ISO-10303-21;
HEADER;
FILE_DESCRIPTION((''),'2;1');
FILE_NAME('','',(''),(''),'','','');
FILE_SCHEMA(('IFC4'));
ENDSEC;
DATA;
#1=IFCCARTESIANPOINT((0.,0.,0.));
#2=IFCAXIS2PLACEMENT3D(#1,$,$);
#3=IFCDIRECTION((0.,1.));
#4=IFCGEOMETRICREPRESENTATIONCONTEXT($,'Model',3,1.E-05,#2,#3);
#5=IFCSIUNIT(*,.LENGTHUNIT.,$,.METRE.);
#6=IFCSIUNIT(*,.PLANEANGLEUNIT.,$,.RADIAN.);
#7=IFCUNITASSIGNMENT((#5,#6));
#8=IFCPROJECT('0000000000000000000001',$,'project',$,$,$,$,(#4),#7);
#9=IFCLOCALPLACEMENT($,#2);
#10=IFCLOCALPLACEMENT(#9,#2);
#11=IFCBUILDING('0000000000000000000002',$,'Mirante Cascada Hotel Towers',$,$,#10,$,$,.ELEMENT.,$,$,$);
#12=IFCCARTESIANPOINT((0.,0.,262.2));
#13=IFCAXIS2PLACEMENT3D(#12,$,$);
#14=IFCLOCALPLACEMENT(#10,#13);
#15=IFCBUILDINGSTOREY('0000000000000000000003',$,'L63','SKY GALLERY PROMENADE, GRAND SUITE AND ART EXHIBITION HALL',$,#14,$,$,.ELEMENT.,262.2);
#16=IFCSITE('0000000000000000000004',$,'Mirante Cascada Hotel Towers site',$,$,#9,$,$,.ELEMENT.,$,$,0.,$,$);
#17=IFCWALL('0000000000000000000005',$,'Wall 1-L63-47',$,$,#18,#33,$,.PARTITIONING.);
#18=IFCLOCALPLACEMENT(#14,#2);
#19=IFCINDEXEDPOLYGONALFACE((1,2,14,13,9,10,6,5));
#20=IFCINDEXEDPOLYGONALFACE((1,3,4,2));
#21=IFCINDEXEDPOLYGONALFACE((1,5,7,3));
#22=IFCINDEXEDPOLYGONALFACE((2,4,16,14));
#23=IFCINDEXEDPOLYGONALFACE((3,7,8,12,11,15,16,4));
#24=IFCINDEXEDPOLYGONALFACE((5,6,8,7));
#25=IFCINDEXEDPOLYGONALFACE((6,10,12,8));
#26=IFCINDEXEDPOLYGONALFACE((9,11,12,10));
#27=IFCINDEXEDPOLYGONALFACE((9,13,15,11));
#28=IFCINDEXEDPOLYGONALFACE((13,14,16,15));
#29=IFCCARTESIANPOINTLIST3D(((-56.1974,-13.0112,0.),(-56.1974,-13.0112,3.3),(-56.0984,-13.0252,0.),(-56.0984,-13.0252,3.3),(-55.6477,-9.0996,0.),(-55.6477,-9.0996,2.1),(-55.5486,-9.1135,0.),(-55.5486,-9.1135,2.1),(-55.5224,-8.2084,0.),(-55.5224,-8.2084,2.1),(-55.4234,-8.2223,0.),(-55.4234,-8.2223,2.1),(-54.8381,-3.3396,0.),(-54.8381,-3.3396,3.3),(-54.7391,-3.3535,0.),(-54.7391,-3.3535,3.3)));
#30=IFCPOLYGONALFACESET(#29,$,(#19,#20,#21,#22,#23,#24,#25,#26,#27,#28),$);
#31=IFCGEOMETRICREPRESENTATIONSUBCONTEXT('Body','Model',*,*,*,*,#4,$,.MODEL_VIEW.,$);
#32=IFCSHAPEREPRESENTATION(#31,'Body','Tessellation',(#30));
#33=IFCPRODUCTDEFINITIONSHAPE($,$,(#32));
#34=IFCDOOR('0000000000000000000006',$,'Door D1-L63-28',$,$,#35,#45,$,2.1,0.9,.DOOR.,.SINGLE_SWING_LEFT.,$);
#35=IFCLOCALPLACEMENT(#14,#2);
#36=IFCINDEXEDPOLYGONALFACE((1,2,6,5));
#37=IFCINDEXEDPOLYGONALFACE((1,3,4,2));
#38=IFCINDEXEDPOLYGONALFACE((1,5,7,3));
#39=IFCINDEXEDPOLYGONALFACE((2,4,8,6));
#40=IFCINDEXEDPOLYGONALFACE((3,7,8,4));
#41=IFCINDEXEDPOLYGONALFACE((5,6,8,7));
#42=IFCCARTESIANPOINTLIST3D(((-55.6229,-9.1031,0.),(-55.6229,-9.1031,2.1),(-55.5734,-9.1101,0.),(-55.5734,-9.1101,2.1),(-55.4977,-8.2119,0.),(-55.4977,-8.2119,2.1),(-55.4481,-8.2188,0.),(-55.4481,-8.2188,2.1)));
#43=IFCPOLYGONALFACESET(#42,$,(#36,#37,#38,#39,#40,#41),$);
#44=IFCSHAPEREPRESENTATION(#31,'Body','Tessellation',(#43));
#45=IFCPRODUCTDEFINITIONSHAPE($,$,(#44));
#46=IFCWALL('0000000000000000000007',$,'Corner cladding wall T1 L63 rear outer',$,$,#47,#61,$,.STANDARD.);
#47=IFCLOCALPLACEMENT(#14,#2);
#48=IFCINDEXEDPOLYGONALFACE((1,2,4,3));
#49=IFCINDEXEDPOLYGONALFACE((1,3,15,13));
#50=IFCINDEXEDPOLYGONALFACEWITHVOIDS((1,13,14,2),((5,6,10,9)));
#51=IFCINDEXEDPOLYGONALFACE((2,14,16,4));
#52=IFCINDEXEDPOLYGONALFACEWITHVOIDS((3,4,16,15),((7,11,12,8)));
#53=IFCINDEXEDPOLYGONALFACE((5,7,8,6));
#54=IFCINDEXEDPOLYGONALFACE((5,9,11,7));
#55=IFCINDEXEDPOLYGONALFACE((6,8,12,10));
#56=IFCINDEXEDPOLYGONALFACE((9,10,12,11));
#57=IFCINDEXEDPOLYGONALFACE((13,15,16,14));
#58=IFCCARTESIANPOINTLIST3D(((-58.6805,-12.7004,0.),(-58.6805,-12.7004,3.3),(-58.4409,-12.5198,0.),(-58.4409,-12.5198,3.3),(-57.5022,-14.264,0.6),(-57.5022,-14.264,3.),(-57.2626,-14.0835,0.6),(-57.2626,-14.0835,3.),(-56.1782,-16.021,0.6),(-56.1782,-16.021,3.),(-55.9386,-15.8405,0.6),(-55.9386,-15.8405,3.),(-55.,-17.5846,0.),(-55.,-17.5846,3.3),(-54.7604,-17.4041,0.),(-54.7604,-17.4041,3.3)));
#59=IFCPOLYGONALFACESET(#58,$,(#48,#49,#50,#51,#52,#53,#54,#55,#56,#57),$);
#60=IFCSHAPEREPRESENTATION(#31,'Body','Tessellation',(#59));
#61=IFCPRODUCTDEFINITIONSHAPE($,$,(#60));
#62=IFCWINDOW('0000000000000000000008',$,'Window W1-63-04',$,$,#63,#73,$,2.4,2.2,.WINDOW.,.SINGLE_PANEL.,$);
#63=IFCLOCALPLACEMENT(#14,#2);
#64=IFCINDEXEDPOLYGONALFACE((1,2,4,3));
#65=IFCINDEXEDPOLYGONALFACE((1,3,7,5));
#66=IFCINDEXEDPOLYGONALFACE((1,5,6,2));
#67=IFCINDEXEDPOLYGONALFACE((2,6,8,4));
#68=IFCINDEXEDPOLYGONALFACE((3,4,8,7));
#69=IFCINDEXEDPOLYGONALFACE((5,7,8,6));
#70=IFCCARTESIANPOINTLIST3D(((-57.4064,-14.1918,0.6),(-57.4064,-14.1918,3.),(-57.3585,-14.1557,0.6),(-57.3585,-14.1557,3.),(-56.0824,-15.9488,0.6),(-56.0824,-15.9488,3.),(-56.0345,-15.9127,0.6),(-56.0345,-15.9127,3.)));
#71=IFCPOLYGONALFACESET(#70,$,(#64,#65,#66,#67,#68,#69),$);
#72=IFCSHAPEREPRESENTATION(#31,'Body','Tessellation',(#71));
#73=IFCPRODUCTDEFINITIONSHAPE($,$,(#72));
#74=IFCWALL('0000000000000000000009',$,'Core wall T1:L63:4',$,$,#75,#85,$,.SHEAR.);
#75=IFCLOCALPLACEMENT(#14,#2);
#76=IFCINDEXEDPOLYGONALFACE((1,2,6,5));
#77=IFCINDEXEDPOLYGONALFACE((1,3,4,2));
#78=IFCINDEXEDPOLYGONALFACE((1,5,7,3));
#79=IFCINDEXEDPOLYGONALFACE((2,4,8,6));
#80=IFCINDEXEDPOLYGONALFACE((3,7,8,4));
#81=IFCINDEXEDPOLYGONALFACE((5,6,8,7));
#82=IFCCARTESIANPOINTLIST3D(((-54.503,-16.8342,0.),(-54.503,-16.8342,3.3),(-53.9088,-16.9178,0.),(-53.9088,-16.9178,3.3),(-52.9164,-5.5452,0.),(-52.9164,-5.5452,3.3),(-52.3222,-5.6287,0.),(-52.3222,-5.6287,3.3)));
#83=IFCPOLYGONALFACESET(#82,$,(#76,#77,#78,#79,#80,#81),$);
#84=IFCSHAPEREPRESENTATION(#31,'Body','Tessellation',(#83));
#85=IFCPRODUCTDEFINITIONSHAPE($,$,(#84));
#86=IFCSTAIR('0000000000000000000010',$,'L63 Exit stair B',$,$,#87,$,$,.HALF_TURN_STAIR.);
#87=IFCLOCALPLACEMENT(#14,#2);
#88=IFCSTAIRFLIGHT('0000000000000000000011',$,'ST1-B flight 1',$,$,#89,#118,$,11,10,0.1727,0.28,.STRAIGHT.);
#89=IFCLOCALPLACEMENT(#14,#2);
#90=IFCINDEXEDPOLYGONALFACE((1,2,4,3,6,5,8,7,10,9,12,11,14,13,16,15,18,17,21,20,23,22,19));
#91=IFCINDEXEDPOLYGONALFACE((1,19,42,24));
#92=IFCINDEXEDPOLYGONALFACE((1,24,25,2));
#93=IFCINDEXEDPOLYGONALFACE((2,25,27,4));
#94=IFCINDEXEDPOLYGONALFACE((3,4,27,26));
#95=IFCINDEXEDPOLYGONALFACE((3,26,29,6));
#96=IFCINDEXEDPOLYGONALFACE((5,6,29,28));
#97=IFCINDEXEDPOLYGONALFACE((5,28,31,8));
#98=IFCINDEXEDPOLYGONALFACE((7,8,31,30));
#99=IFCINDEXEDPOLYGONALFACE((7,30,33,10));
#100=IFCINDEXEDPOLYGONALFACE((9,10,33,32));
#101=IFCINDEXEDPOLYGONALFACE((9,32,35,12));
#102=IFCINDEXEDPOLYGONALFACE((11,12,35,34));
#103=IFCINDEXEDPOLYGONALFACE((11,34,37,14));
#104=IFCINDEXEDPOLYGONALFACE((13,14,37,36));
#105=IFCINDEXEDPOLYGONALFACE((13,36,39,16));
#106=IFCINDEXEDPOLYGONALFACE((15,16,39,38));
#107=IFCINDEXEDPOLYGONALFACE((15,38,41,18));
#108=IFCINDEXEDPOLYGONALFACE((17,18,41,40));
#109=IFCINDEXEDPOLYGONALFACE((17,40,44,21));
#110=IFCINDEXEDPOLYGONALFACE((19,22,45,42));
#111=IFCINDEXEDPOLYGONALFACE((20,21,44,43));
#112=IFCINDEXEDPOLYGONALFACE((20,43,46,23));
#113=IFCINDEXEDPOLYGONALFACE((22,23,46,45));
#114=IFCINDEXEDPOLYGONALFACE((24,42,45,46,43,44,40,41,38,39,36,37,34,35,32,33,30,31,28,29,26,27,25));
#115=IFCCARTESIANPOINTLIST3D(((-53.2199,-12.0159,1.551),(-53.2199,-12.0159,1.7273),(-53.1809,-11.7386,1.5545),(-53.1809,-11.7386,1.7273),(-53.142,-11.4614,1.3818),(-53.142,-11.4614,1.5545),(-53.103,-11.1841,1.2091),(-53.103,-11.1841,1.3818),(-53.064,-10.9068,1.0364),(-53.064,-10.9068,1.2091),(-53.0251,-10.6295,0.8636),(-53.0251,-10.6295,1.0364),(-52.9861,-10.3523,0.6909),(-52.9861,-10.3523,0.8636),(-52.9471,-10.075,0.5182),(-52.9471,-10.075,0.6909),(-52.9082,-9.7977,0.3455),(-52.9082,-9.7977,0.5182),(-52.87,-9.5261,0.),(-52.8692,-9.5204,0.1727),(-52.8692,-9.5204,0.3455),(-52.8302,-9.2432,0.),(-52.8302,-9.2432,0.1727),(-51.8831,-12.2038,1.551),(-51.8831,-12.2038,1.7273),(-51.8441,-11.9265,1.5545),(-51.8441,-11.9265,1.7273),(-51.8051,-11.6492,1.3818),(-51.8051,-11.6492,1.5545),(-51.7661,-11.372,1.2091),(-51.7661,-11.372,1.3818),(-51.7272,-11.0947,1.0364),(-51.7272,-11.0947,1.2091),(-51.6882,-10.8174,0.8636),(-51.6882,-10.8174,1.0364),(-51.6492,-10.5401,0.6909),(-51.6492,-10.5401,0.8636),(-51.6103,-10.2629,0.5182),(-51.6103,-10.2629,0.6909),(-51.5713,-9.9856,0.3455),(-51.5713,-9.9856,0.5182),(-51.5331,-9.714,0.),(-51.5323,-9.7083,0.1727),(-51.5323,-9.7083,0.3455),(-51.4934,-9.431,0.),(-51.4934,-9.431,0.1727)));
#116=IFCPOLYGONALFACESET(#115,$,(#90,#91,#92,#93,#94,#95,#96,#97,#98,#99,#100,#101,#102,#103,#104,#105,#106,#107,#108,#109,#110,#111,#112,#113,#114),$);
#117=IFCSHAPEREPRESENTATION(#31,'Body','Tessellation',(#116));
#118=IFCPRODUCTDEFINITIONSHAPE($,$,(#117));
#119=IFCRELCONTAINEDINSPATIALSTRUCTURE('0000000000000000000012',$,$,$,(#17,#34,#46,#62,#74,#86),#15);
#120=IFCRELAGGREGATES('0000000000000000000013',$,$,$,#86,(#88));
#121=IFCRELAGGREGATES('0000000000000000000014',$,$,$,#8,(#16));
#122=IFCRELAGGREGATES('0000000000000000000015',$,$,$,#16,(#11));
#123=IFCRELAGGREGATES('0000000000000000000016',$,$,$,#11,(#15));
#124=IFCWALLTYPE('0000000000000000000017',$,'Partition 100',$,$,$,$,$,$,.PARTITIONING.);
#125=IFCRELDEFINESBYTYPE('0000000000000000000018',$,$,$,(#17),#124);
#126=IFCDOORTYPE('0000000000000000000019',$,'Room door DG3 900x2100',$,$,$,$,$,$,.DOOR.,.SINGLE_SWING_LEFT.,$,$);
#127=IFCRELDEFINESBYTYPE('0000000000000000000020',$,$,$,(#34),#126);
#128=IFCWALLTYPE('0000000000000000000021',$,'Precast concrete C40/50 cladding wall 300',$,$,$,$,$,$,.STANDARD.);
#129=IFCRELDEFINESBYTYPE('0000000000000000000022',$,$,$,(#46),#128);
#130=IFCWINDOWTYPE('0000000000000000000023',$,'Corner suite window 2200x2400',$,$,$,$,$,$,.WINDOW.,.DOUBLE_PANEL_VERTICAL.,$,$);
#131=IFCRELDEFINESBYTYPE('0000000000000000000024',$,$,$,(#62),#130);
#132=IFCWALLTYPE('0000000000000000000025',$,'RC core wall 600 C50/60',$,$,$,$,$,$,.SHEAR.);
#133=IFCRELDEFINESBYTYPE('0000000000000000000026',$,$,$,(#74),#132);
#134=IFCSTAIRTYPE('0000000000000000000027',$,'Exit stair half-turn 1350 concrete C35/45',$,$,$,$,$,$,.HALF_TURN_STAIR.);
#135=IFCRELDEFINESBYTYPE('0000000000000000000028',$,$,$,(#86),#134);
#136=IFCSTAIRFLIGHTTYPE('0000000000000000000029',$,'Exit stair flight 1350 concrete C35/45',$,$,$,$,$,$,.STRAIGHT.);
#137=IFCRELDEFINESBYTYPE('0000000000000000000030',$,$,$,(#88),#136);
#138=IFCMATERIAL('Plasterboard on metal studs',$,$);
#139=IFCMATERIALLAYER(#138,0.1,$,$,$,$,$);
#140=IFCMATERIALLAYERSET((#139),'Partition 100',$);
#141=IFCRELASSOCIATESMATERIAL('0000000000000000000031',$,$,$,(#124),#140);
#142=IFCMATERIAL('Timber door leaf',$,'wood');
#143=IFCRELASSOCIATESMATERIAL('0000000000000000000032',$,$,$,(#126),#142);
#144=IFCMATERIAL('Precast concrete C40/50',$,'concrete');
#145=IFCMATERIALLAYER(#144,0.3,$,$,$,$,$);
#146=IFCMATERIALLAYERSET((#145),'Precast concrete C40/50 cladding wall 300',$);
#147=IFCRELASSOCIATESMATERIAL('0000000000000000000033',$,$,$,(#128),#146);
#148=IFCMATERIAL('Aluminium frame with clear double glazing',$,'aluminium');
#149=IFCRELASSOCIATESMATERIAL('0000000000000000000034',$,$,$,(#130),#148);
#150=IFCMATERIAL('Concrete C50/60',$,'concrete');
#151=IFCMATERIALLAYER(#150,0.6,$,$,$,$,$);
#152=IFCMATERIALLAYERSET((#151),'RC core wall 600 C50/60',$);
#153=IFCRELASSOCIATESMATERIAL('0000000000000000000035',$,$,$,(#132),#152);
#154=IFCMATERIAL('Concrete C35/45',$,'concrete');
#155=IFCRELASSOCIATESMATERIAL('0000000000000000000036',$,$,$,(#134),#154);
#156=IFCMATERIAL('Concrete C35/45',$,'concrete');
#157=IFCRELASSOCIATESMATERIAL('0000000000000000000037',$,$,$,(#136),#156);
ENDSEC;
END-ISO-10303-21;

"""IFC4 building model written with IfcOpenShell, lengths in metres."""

from ifc_helpers import new_model, si_unit, direction, frame, frame_2d, origin, place, context, subcontext, project, spatial, polyline, rectangle, outline, extrude, material, layer, layer_set, type_object, element, fill, aggregate, save


model = new_model("IFC4")

# Units and contexts
model_context = context("Model", 3, precision=1e-05, world=origin(), true_north=direction((0.0, 1.0)))
body_context = subcontext(model_context, "Body", "Model", "MODEL_VIEW")
ifc_project = project(units=[si_unit("LENGTHUNIT", "METRE"), si_unit("PLANEANGLEUNIT", "RADIAN")], contexts=[model_context])

# Site, building, storey
site_placement = place(None, origin())
site = spatial("IfcSite", under=ifc_project, at=site_placement, Name="Mirante Cascada Hotel Towers site", CompositionType="ELEMENT", RefElevation=0.0)
building_placement = place(site_placement, origin())
building = spatial("IfcBuilding", under=site, at=building_placement, Name="Mirante Cascada Hotel Towers", CompositionType="ELEMENT")
storey_placement = place(building_placement, frame((0.0, 0.0, 262.2)))
storey = spatial("IfcBuildingStorey", under=building, at=storey_placement, Name="L63", Description="SKY GALLERY PROMENADE, GRAND SUITE AND ART EXHIBITION HALL", CompositionType="ELEMENT", Elevation=262.2)

# Shared definitions
ifc_material_1 = material(Name="Plasterboard on metal studs")
ifc_layer_1 = layer(ifc_material_1, 0.1)
ifc_layer_set_1 = layer_set([ifc_layer_1], Name="Partition 100")
wall_type_1 = type_object("IfcWallType", Name="Partition 100", PredefinedType="PARTITIONING", material=ifc_layer_set_1)

# Wall, opening, door
wall_1_placement = place(storey_placement, frame((-54.7886, -3.3465, 0.0), z_axis=(0.0, 0.0, 1.0), x_axis=(-0.139178, -0.990267, 0.0)))
wall_1 = element("IfcWall", 1, at=wall_1_placement, inside=storey, type_object=wall_type_1, Name="Wall 1-L63-47", PredefinedType="PARTITIONING", context=body_context, shape_type="SweptSolid", body=[
    extrude(rectangle(XDim=9.7667, YDim=0.1, at=frame_2d((4.8834, 0.0))), origin(), (0.0, 0.0, 1.0), 3.3),
])
opening_1_placement = place(wall_1_placement, frame((4.9167, 0.0, 0.0)))
opening_1 = element("IfcOpeningElement", 2, at=opening_1_placement, cuts=wall_1, PredefinedType="OPENING", context=body_context, shape_type="SweptSolid", body=[
    extrude(rectangle(XDim=0.9, YDim=2.1, at=frame_2d((0.45, 1.05))), frame((0.0, 0.05, 0.0), z_axis=(0.0, -1.0, 0.0), x_axis=(1.0, 0.0, 0.0)), (0.0, 0.0, 1.0), 0.1),
])
ifc_material_2 = material(Name="Timber door leaf", Category="wood")
door_type = type_object("IfcDoorType", Name="Room door DG3 900x2100", OperationType="SINGLE_SWING_LEFT", PredefinedType="DOOR", material=ifc_material_2)
door_placement = place(opening_1_placement, origin())
door = element("IfcDoor", 3, at=door_placement, inside=storey, type_object=door_type, Name="Door D1-L63-28", OperationType="SINGLE_SWING_LEFT", OverallHeight=2.1, OverallWidth=0.9, PredefinedType="DOOR", context=body_context, shape_type="SweptSolid", body=[
    extrude(rectangle(XDim=0.9, YDim=2.1, at=frame_2d((0.45, 1.05))), frame((0.0, 0.025, 0.0), z_axis=(0.0, -1.0, 0.0), x_axis=(1.0, 0.0, 0.0)), (0.0, 0.0, 1.0), 0.05),
])
fill(opening_1, door)

# Wall, opening, window
ifc_material_3 = material(Name="Precast concrete C40/50", Category="concrete")
ifc_layer_2 = layer(ifc_material_3, 0.3)
ifc_layer_set_2 = layer_set([ifc_layer_2], Name="Precast concrete C40/50 cladding wall 300")
wall_type_2 = type_object("IfcWallType", Name="Precast concrete C40/50 cladding wall 300", PredefinedType="STANDARD", material=ifc_layer_set_2)
wall_2_placement = place(storey_placement, frame((-54.8802, -17.4943, 0.0), z_axis=(0.0, 0.0, 1.0), x_axis=(-0.601814, 0.798636, 0.0)))
wall_2 = element("IfcWall", 4, at=wall_2_placement, inside=storey, type_object=wall_type_2, Name="Corner cladding wall T1 L63 rear outer", PredefinedType="STANDARD", context=body_context, shape_type="SweptSolid", body=[
    extrude(rectangle(XDim=6.1157, YDim=0.3, at=frame_2d((3.0578, 0.0))), origin(), (0.0, 0.0, 1.0), 3.3),
])
opening_2_placement = place(wall_2_placement, frame((1.9578, 0.0, 0.6)))
opening_2 = element("IfcOpeningElement", 5, at=opening_2_placement, cuts=wall_2, PredefinedType="OPENING", context=body_context, shape_type="SweptSolid", body=[
    extrude(rectangle(XDim=2.2, YDim=2.4, at=frame_2d((1.1, 1.2))), frame((0.0, 0.15, 0.0), z_axis=(0.0, -1.0, 0.0), x_axis=(1.0, 0.0, 0.0)), (0.0, 0.0, 1.0), 0.3),
])
ifc_material_4 = material(Name="Aluminium frame with clear double glazing", Category="aluminium")
window_type = type_object("IfcWindowType", Name="Corner suite window 2200x2400", PartitioningType="DOUBLE_PANEL_VERTICAL", PredefinedType="WINDOW", material=ifc_material_4)
window_placement = place(opening_2_placement, origin())
window = element("IfcWindow", 6, at=window_placement, inside=storey, type_object=window_type, Name="Window W1-63-04", OverallHeight=2.4, OverallWidth=2.2, PartitioningType="SINGLE_PANEL", PredefinedType="WINDOW", context=body_context, shape_type="SweptSolid", body=[
    extrude(rectangle(XDim=2.2, YDim=2.4, at=frame_2d((1.1, 1.2))), frame((0.0, 0.03, 0.0), z_axis=(0.0, -1.0, 0.0), x_axis=(1.0, 0.0, 0.0)), (0.0, 0.0, 1.0), 0.06),
])
fill(opening_2, window)

# Wall
ifc_material_5 = material(Name="Concrete C50/60", Category="concrete")
ifc_layer_3 = layer(ifc_material_5, 0.6)
ifc_layer_set_3 = layer_set([ifc_layer_3], Name="RC core wall 600 C50/60")
wall_type_3 = type_object("IfcWallType", Name="RC core wall 600 C50/60", PredefinedType="SHEAR", material=ifc_layer_set_3)
wall_3_placement = place(storey_placement, frame((-54.2059, -16.876, 0.0), z_axis=(0.0, 0.0, 1.0), x_axis=(0.139175, 0.990268, 0.0)))
element("IfcWall", 7, at=wall_3_placement, inside=storey, type_object=wall_type_3, Name="Core wall T1:L63:4", PredefinedType="SHEAR", context=body_context, shape_type="SweptSolid", body=[
    extrude(rectangle(XDim=11.4, YDim=0.6, at=frame_2d((5.7, 0.0))), origin(), (0.0, 0.0, 1.0), 3.3),
])

# Stair, stair flight
ifc_material_6 = material(Name="Concrete C35/45", Category="concrete")
stair_type = type_object("IfcStairType", Name="Exit stair half-turn 1350 concrete C35/45", PredefinedType="HALF_TURN_STAIR", material=ifc_material_6)
stair_placement = place(storey_placement, origin())
stair = element("IfcStair", 8, at=stair_placement, inside=storey, type_object=stair_type, Name="L63 Exit stair B", PredefinedType="HALF_TURN_STAIR")
ifc_material_7 = material(Name="Concrete C35/45", Category="concrete")
stair_flight_type = type_object("IfcStairFlightType", Name="Exit stair flight 1350 concrete C35/45", PredefinedType="STRAIGHT", material=ifc_material_7)
stair_flight_placement = place(storey_placement, frame((-52.1618, -9.3371, 0.0), z_axis=(0.0, 0.0, 1.0), x_axis=(-0.139173, -0.990268, 0.0)))
stair_flight = element("IfcStairFlight", 9, at=stair_flight_placement, type_object=stair_flight_type, Name="ST1-B flight 1", NumberOfRisers=11, NumberOfTreads=10, PredefinedType="STRAIGHT", RiserHeight=0.1727, TreadLength=0.28, context=body_context, shape_type="SweptSolid", body=[
    extrude(outline(polyline([(0.0, 0.0), (0.0, 0.1727), (0.28, 0.1727), (0.28, 0.3455), (0.56, 0.3455), (0.56, 0.5182), (0.84, 0.5182), (0.84, 0.6909), (1.12, 0.6909), (1.12, 0.8636), (1.4, 0.8636), (1.4, 1.0364), (1.68, 1.0364), (1.68, 1.2091), (1.96, 1.2091), (1.96, 1.3818), (2.24, 1.3818), (2.24, 1.5545), (2.52, 1.5545), (2.52, 1.7273), (2.8, 1.7273), (2.8, 1.9), (2.8, 1.551), (0.2857, 0.0), (0.0, 0.0)])), frame((0.0, 0.675, 0.0), z_axis=(0.0, -1.0, 0.0), x_axis=(1.0, 0.0, 0.0)), (0.0, 0.0, 1.0), 1.35),
])
aggregate(stair, [stair_flight])

save(model, "model.ifc")
